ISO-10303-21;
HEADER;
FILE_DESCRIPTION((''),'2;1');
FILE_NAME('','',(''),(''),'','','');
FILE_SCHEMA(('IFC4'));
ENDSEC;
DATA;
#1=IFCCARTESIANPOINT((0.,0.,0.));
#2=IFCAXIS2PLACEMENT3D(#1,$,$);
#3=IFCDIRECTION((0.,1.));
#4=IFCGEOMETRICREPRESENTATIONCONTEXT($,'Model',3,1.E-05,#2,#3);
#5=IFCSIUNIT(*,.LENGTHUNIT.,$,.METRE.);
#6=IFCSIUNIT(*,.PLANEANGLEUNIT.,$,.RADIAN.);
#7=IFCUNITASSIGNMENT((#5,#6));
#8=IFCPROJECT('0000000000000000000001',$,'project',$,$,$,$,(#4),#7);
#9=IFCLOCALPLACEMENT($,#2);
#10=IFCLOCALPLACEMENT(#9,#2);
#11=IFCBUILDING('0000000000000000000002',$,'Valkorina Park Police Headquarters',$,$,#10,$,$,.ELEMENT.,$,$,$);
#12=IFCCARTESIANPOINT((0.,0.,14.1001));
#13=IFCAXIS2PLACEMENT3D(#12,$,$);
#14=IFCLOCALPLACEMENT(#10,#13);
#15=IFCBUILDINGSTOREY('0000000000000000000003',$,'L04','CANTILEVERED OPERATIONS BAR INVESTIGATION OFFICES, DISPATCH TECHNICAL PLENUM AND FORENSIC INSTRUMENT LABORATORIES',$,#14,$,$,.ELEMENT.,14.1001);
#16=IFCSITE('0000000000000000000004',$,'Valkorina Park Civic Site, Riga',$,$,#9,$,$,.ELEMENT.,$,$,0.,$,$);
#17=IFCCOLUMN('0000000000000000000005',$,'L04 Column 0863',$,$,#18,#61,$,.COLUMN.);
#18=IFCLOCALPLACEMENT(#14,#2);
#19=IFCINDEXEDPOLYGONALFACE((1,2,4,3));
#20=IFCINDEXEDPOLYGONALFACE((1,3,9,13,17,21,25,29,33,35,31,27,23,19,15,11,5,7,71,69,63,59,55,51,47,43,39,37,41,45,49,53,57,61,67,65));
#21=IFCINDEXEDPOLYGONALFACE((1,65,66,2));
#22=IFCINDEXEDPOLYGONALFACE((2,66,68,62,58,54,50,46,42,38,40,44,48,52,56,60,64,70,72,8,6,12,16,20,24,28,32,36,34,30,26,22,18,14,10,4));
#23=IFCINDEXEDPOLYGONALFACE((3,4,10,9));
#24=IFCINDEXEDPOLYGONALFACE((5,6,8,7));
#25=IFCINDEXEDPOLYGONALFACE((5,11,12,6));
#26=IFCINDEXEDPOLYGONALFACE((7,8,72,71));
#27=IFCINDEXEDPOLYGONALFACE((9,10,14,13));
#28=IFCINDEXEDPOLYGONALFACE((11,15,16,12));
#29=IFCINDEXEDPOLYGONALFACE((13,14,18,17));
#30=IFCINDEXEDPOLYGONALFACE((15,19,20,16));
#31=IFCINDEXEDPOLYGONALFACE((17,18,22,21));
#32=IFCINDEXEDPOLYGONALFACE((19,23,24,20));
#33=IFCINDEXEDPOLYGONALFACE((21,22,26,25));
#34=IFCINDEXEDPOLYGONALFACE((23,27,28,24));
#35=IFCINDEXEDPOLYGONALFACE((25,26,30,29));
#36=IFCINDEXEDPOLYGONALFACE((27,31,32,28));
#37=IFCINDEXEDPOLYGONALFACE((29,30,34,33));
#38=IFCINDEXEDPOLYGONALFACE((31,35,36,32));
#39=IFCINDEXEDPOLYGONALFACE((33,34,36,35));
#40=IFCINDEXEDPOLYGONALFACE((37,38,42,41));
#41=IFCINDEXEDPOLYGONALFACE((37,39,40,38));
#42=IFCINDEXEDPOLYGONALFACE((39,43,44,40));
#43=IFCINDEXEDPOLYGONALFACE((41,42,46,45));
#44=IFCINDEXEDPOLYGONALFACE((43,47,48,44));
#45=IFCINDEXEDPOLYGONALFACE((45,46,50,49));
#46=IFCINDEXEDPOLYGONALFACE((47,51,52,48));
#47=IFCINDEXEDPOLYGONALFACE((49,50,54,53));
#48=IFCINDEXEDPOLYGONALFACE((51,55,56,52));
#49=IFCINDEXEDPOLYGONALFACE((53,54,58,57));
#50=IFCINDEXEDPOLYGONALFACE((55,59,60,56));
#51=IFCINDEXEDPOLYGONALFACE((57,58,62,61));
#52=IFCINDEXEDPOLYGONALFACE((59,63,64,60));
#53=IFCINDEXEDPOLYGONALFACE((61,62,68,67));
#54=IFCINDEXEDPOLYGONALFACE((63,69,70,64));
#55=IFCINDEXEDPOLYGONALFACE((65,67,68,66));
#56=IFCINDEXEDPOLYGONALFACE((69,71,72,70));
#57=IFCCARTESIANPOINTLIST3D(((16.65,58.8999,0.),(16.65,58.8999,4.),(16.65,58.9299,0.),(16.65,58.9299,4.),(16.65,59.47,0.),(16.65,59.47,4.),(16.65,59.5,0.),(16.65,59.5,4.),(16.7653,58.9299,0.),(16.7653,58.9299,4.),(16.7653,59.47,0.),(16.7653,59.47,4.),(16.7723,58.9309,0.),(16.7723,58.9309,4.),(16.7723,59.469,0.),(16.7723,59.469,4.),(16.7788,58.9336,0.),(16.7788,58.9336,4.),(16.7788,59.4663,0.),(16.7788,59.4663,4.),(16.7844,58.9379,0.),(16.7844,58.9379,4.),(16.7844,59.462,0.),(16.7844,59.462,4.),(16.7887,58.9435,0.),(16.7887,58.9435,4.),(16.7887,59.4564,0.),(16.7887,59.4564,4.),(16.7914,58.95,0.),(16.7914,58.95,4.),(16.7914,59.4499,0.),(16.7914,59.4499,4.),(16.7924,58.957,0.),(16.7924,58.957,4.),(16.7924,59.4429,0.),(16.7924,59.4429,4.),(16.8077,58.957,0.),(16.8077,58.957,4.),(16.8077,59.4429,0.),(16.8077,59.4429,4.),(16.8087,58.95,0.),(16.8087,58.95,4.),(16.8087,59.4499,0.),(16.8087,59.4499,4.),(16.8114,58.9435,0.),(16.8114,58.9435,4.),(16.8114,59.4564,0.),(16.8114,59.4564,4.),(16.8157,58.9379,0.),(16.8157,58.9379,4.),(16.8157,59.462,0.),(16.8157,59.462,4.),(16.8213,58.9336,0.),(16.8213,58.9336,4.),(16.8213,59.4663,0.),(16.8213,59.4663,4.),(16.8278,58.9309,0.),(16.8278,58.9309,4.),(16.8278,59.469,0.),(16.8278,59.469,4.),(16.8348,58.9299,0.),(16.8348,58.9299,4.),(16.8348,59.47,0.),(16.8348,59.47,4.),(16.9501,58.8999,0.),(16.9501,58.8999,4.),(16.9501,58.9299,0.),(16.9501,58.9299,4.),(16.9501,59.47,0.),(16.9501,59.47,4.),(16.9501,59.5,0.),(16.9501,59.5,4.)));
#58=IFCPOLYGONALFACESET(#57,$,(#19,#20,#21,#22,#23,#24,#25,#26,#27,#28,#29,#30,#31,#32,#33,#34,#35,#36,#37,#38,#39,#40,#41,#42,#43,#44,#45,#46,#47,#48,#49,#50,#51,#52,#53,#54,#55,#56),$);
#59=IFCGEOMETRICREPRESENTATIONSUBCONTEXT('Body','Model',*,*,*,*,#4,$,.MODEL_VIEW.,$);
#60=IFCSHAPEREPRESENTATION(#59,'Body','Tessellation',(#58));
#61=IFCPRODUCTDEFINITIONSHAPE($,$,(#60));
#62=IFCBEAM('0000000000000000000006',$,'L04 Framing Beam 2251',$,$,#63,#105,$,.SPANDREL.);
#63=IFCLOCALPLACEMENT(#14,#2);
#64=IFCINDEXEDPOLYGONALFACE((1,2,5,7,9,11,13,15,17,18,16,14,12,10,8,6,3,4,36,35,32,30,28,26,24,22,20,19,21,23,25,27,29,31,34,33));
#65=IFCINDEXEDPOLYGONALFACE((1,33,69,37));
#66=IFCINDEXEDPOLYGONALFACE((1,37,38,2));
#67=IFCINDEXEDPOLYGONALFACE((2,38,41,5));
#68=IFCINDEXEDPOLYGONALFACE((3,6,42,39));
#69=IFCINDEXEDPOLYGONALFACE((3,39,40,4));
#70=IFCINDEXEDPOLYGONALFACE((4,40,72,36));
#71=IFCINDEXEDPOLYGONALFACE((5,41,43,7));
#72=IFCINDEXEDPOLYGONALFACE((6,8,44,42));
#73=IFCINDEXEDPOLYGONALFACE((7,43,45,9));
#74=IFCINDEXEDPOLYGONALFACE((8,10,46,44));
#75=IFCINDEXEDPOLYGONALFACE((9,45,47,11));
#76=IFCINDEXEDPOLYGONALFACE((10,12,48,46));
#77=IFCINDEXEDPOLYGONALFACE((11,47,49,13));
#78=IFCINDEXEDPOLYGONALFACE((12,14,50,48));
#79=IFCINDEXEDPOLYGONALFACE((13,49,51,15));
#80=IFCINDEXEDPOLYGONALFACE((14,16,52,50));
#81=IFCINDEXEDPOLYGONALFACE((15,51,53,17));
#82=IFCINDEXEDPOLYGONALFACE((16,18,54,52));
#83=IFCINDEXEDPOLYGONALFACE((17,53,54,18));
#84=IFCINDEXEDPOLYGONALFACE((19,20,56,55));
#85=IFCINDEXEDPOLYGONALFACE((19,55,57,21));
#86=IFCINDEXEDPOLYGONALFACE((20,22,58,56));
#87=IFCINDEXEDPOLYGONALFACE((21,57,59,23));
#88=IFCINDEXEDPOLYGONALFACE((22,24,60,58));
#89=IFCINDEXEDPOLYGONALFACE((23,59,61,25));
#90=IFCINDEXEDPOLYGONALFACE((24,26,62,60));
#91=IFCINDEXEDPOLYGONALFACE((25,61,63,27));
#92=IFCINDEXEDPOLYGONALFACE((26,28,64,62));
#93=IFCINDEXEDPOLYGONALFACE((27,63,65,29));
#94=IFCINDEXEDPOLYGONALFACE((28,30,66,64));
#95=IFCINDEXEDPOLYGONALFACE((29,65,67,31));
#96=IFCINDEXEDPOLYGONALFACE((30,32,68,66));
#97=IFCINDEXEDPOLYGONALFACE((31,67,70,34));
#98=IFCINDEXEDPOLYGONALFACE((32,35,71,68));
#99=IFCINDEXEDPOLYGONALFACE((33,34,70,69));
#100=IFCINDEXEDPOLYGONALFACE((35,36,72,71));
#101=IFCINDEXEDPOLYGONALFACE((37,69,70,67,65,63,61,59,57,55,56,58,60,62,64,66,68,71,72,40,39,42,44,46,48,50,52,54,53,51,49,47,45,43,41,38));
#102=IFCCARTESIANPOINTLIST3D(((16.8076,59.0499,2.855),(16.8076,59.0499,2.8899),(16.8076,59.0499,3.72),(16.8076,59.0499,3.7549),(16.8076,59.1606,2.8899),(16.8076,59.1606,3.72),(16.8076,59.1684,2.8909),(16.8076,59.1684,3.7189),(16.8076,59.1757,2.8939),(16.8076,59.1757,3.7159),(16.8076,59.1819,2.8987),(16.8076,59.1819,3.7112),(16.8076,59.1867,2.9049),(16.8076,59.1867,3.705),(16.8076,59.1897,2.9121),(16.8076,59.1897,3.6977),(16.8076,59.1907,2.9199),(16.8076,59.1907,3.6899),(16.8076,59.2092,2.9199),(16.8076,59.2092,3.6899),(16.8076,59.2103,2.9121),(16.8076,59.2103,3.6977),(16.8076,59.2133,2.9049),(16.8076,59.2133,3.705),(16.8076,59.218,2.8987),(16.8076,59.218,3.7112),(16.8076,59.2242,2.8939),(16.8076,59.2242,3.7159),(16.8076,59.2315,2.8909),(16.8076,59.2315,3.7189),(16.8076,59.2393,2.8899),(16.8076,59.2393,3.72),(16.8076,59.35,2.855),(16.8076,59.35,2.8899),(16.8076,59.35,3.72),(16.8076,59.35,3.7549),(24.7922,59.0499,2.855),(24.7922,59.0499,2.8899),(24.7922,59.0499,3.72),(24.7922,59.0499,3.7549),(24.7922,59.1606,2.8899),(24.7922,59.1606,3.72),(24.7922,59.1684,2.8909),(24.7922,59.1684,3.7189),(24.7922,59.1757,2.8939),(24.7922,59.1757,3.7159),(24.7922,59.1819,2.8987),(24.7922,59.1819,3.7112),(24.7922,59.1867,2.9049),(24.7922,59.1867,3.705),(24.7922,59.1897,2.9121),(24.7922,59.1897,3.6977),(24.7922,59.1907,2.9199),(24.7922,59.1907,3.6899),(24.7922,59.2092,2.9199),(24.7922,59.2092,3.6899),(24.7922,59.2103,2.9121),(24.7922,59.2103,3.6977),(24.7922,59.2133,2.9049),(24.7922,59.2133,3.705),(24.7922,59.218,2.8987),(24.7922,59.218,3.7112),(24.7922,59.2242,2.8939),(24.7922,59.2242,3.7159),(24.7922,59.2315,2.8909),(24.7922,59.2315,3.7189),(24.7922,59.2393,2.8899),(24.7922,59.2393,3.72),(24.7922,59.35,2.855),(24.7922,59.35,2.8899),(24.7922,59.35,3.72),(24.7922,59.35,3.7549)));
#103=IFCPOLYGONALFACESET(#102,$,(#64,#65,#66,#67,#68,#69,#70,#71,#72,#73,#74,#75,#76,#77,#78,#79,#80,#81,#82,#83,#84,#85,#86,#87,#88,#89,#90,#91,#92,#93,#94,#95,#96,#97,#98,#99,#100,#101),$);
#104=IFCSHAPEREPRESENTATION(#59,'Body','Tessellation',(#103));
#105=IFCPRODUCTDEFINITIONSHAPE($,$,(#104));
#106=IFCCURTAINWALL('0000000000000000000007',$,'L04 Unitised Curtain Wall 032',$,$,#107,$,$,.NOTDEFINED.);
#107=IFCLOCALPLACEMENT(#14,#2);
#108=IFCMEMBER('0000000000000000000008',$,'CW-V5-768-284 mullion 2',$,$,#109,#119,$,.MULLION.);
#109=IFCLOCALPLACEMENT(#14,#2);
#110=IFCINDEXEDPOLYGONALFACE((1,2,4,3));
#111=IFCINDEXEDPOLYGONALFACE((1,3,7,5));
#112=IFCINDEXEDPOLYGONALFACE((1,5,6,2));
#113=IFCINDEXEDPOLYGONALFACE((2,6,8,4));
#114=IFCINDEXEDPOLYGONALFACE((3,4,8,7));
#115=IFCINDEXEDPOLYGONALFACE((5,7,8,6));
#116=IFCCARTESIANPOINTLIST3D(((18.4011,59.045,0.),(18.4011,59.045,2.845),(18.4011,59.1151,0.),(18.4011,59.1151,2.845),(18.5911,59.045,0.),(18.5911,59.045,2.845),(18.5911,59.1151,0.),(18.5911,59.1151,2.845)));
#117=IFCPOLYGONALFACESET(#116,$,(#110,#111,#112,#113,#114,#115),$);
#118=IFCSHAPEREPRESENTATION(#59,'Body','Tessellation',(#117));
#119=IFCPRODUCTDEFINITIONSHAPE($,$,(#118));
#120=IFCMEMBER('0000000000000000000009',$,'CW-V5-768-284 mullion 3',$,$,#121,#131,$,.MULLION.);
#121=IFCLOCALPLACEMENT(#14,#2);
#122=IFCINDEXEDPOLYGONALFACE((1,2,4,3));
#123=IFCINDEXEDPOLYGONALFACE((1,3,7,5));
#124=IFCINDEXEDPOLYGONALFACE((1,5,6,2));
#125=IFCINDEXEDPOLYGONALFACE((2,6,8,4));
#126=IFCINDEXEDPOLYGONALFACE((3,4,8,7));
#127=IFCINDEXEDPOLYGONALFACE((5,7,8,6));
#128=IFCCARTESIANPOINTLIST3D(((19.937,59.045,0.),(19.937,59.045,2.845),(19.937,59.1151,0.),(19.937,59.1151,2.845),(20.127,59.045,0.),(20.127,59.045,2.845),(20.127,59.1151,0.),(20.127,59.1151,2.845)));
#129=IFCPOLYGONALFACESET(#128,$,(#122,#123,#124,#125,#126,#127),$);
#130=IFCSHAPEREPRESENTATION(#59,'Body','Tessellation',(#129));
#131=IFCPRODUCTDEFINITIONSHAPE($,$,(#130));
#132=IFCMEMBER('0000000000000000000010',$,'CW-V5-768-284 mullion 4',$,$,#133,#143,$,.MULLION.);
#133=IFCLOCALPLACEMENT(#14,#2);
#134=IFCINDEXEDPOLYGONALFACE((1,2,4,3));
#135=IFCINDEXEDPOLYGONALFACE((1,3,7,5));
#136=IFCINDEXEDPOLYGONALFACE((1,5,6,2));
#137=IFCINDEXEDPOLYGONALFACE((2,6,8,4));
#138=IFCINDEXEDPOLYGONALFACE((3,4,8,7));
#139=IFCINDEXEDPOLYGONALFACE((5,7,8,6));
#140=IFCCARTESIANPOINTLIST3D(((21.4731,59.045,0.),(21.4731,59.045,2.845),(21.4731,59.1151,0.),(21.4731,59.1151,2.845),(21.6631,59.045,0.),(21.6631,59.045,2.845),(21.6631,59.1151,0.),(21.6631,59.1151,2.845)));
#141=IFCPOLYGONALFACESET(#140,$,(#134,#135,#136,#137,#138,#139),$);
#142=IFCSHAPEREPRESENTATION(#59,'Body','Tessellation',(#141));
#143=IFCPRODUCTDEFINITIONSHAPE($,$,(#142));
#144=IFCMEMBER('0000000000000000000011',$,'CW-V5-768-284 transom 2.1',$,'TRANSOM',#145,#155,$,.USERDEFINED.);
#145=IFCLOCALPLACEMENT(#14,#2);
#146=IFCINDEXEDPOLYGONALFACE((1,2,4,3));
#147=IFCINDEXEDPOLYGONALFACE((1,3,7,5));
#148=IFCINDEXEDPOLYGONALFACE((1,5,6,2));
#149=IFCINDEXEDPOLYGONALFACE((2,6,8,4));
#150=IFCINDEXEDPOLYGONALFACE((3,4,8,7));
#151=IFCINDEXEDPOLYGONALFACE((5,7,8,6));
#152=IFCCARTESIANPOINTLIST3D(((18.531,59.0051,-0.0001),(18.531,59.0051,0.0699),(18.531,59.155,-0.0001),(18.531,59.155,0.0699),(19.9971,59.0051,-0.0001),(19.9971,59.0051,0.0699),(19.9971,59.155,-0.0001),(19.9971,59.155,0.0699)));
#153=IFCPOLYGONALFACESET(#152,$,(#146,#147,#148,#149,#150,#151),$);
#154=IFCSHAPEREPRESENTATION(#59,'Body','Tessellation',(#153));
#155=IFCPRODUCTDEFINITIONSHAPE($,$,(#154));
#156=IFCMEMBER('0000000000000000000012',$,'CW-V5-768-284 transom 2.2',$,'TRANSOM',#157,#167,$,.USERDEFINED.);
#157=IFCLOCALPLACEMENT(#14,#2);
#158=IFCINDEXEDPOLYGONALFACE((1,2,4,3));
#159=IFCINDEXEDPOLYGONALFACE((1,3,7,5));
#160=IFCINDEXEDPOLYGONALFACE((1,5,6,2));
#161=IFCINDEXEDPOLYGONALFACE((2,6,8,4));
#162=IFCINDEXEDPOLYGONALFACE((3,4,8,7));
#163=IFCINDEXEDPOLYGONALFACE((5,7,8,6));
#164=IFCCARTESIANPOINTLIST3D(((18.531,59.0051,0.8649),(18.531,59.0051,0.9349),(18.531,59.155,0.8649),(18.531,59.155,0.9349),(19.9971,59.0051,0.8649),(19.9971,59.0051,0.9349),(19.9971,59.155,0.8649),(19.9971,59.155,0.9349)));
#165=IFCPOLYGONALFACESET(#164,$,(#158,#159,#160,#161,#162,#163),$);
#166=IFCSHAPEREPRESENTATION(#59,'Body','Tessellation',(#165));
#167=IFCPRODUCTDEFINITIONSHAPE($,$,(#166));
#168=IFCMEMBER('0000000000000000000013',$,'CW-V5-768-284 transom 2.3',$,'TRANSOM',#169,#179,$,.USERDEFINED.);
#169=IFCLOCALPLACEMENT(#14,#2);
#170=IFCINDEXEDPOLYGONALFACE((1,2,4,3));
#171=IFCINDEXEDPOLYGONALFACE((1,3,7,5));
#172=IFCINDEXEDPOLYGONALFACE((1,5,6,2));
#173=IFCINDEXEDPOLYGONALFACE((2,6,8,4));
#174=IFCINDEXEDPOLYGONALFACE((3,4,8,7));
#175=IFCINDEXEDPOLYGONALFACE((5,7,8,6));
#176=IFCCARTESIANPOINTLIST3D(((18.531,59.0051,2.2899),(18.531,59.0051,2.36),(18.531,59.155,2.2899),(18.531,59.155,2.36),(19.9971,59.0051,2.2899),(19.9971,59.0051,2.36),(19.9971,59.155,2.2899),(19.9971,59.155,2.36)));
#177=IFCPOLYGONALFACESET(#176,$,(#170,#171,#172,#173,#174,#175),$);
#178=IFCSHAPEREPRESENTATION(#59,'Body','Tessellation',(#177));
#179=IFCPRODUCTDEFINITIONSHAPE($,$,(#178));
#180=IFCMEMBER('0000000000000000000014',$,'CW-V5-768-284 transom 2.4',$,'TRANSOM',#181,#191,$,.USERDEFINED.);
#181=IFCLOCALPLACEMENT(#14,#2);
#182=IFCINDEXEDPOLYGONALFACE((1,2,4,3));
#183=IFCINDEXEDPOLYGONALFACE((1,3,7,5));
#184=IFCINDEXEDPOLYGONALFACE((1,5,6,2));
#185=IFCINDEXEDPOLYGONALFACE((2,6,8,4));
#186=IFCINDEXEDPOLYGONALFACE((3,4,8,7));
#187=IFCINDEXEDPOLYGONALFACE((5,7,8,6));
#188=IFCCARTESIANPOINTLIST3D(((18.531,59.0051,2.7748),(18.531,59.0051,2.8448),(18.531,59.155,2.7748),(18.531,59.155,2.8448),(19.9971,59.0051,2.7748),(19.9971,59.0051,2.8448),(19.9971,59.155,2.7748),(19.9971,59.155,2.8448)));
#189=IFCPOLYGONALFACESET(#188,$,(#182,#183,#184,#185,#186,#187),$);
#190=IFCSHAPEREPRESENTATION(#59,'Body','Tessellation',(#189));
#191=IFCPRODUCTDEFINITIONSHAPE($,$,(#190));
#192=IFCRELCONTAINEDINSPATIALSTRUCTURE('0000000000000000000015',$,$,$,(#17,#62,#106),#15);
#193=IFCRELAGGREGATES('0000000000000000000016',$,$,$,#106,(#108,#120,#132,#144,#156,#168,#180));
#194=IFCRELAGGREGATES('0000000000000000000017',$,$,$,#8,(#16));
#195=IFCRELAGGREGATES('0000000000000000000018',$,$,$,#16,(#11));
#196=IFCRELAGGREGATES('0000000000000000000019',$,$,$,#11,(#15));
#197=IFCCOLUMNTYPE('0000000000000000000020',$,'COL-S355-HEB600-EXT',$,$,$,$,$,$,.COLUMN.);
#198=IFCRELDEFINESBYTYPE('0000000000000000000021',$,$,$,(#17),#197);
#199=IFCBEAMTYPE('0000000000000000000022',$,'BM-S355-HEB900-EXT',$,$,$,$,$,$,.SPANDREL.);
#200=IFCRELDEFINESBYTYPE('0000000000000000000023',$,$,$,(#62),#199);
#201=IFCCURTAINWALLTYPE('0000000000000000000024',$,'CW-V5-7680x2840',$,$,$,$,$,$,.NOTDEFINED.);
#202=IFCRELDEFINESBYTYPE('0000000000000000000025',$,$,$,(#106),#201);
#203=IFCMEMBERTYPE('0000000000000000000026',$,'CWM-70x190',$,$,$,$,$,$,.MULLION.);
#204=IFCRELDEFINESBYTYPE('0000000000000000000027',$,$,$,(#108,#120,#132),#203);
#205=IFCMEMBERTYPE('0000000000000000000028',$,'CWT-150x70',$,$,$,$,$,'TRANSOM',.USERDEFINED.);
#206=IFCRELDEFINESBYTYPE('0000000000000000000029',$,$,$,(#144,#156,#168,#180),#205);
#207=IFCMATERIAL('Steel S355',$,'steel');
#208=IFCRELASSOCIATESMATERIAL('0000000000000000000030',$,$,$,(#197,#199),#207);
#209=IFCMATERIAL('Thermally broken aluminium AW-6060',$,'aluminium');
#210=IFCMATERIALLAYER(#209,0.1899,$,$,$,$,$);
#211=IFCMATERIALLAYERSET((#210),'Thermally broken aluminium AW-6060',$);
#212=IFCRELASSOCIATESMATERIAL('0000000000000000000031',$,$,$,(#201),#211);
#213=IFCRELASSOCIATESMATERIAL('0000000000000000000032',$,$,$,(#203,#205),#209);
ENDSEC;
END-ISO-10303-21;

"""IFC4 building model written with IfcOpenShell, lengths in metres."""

from ifc_helpers import new_model, si_unit, direction, frame, origin, origin_2d, place, context, subcontext, project, spatial, rectangle, i_section, extrude, material, layer, layer_set, material_profile, profile_set, type_object, element, aggregate, save


model = new_model("IFC4")

# Units and contexts
model_context = context("Model", 3, precision=1e-05, world=origin(), true_north=direction((0.0, 1.0)))
body_context = subcontext(model_context, "Body", "Model", "MODEL_VIEW")
ifc_project = project(units=[si_unit("LENGTHUNIT", "METRE"), si_unit("PLANEANGLEUNIT", "RADIAN")], contexts=[model_context])

# Site, building, storey
site_placement = place(None, origin())
site = spatial("IfcSite", under=ifc_project, at=site_placement, Name="Valkorina Park Civic Site, Riga", CompositionType="ELEMENT", RefElevation=0.0)
building_placement = place(site_placement, origin())
building = spatial("IfcBuilding", under=site, at=building_placement, Name="Valkorina Park Police Headquarters", CompositionType="ELEMENT")
storey_placement = place(building_placement, frame((0.0, 0.0, 14.1001)))
storey = spatial("IfcBuildingStorey", under=building, at=storey_placement, Name="L04", Description="CANTILEVERED OPERATIONS BAR INVESTIGATION OFFICES, DISPATCH TECHNICAL PLENUM AND FORENSIC INSTRUMENT LABORATORIES", CompositionType="ELEMENT", Elevation=14.1001)

# Column
ifc_material_1 = material(Name="Steel S355", Category="steel")
ifc_material_profile_1 = material_profile(ifc_material_1, i_section(OverallWidth=0.3, OverallDepth=0.6001, WebThickness=0.0154, FlangeThickness=0.03, FilletRadius=0.0271, at=origin_2d()), Name="HEB 600")
ifc_profile_set_1 = profile_set([ifc_material_profile_1], Name="Steel S355")
column_type = type_object("IfcColumnType", Name="COL-S355-HEB600-EXT", PredefinedType="COLUMN", material=ifc_profile_set_1)
column_placement = place(storey_placement, frame((16.8, 59.2, 0.0), z_axis=(0.0, 0.0, 1.0), x_axis=(1.0, 0.0, 0.0)))
element("IfcColumn", 1, at=column_placement, inside=storey, type_object=column_type, Name="L04 Column 0863", PredefinedType="COLUMN", context=body_context, shape_type="SweptSolid", body=[
    extrude(i_section(OverallWidth=0.3, OverallDepth=0.6001, WebThickness=0.0154, FlangeThickness=0.03, FilletRadius=0.0271, at=origin_2d()), origin(), (0.0, 0.0, 1.0), 4.0),
])

# Beam
ifc_material_profile_2 = material_profile(ifc_material_1, i_section(OverallWidth=0.3, OverallDepth=0.8999, WebThickness=0.0186, FlangeThickness=0.0349, FilletRadius=0.03, at=origin_2d()), Name="HEB 900")
ifc_profile_set_2 = profile_set([ifc_material_profile_2], Name="Steel S355")
beam_type = type_object("IfcBeamType", Name="BM-S355-HEB900-EXT", PredefinedType="SPANDREL", material=ifc_profile_set_2)
beam_placement = place(storey_placement, frame((16.8076, 59.2, 3.3049), z_axis=(1.0, 0.0, 0.0), x_axis=(0.0, 1.0, 0.0)))
element("IfcBeam", 2, at=beam_placement, inside=storey, type_object=beam_type, Name="L04 Framing Beam 2251", PredefinedType="SPANDREL", context=body_context, shape_type="SweptSolid", body=[
    extrude(i_section(OverallWidth=0.3, OverallDepth=0.8999, WebThickness=0.0186, FlangeThickness=0.0349, FilletRadius=0.03, at=origin_2d()), origin(), (0.0, 0.0, 1.0), 7.9846),
])

# Curtain wall, members
ifc_material_2 = material(Name="Thermally broken aluminium AW-6060", Category="aluminium")
ifc_layer_1 = layer(ifc_material_2, 0.1899)
ifc_layer_set_1 = layer_set([ifc_layer_1], Name="Thermally broken aluminium AW-6060")
curtain_wall_type = type_object("IfcCurtainWallType", Name="CW-V5-7680x2840", PredefinedType="NOTDEFINED", material=ifc_layer_set_1)
curtain_wall_placement = place(storey_placement, origin())
curtain_wall = element("IfcCurtainWall", 3, at=curtain_wall_placement, inside=storey, type_object=curtain_wall_type, Name="L04 Unitised Curtain Wall 032", PredefinedType="NOTDEFINED")
ifc_material_profile_3 = material_profile(ifc_material_2, rectangle(XDim=0.0701, YDim=0.1899, at=origin_2d()), Name="CWM-02 70x190")
ifc_profile_set_3 = profile_set([ifc_material_profile_3], Name="Thermally broken aluminium AW-6060")
member_type_1 = type_object("IfcMemberType", Name="CWM-70x190", PredefinedType="MULLION", material=ifc_profile_set_3)
member_1_placement = place(storey_placement, frame((18.4961, 59.0801, 0.0), z_axis=(0.0, 0.0, 1.0), x_axis=(0.0, 1.0, 0.0)))
member_1 = element("IfcMember", 4, at=member_1_placement, type_object=member_type_1, Name="CW-V5-768-284 mullion 2", PredefinedType="MULLION", context=body_context, shape_type="SweptSolid", body=[
    extrude(rectangle(XDim=0.0701, YDim=0.1899, at=origin_2d()), origin(), (0.0, 0.0, 1.0), 2.845),
])
member_2_placement = place(storey_placement, frame((20.032, 59.0801, 0.0), z_axis=(0.0, 0.0, 1.0), x_axis=(0.0, 1.0, 0.0)))
member_2 = element("IfcMember", 5, at=member_2_placement, type_object=member_type_1, Name="CW-V5-768-284 mullion 3", PredefinedType="MULLION", context=body_context, shape_type="SweptSolid", body=[
    extrude(rectangle(XDim=0.0701, YDim=0.1899, at=origin_2d()), origin(), (0.0, 0.0, 1.0), 2.845),
])
member_3_placement = place(storey_placement, frame((21.5681, 59.0801, 0.0), z_axis=(0.0, 0.0, 1.0), x_axis=(0.0, 1.0, 0.0)))
member_3 = element("IfcMember", 6, at=member_3_placement, type_object=member_type_1, Name="CW-V5-768-284 mullion 4", PredefinedType="MULLION", context=body_context, shape_type="SweptSolid", body=[
    extrude(rectangle(XDim=0.0701, YDim=0.1899, at=origin_2d()), origin(), (0.0, 0.0, 1.0), 2.845),
])
ifc_material_profile_4 = material_profile(ifc_material_2, rectangle(XDim=0.1499, YDim=0.0701, at=origin_2d()), Name="CWT-02 150x70")
ifc_profile_set_4 = profile_set([ifc_material_profile_4], Name="Thermally broken aluminium AW-6060")
member_type_2 = type_object("IfcMemberType", Name="CWT-150x70", ElementType="TRANSOM", PredefinedType="USERDEFINED", material=ifc_profile_set_4)
member_4_placement = place(storey_placement, frame((18.531, 59.0801, 0.0349), z_axis=(1.0, 0.0, 0.0), x_axis=(0.0, 1.0, 0.0)))
member_4 = element("IfcMember", 7, at=member_4_placement, type_object=member_type_2, Name="CW-V5-768-284 transom 2.1", ObjectType="TRANSOM", PredefinedType="USERDEFINED", context=body_context, shape_type="SweptSolid", body=[
    extrude(rectangle(XDim=0.1499, YDim=0.0701, at=origin_2d()), origin(), (0.0, 0.0, 1.0), 1.4661),
])
member_5_placement = place(storey_placement, frame((18.531, 59.0801, 0.8999), z_axis=(1.0, 0.0, 0.0), x_axis=(0.0, 1.0, 0.0)))
member_5 = element("IfcMember", 8, at=member_5_placement, type_object=member_type_2, Name="CW-V5-768-284 transom 2.2", ObjectType="TRANSOM", PredefinedType="USERDEFINED", context=body_context, shape_type="SweptSolid", body=[
    extrude(rectangle(XDim=0.1499, YDim=0.0701, at=origin_2d()), origin(), (0.0, 0.0, 1.0), 1.4661),
])
member_6_placement = place(storey_placement, frame((18.531, 59.0801, 2.325), z_axis=(1.0, 0.0, 0.0), x_axis=(0.0, 1.0, 0.0)))
member_6 = element("IfcMember", 9, at=member_6_placement, type_object=member_type_2, Name="CW-V5-768-284 transom 2.3", ObjectType="TRANSOM", PredefinedType="USERDEFINED", context=body_context, shape_type="SweptSolid", body=[
    extrude(rectangle(XDim=0.1499, YDim=0.0701, at=origin_2d()), origin(), (0.0, 0.0, 1.0), 1.4661),
])
member_7_placement = place(storey_placement, frame((18.531, 59.0801, 2.8098), z_axis=(1.0, 0.0, 0.0), x_axis=(0.0, 1.0, 0.0)))
member_7 = element("IfcMember", 10, at=member_7_placement, type_object=member_type_2, Name="CW-V5-768-284 transom 2.4", ObjectType="TRANSOM", PredefinedType="USERDEFINED", context=body_context, shape_type="SweptSolid", body=[
    extrude(rectangle(XDim=0.1499, YDim=0.0701, at=origin_2d()), origin(), (0.0, 0.0, 1.0), 1.4661),
])
aggregate(curtain_wall, [member_1, member_2, member_3, member_4, member_5, member_6, member_7])

save(model, "model.ifc")
